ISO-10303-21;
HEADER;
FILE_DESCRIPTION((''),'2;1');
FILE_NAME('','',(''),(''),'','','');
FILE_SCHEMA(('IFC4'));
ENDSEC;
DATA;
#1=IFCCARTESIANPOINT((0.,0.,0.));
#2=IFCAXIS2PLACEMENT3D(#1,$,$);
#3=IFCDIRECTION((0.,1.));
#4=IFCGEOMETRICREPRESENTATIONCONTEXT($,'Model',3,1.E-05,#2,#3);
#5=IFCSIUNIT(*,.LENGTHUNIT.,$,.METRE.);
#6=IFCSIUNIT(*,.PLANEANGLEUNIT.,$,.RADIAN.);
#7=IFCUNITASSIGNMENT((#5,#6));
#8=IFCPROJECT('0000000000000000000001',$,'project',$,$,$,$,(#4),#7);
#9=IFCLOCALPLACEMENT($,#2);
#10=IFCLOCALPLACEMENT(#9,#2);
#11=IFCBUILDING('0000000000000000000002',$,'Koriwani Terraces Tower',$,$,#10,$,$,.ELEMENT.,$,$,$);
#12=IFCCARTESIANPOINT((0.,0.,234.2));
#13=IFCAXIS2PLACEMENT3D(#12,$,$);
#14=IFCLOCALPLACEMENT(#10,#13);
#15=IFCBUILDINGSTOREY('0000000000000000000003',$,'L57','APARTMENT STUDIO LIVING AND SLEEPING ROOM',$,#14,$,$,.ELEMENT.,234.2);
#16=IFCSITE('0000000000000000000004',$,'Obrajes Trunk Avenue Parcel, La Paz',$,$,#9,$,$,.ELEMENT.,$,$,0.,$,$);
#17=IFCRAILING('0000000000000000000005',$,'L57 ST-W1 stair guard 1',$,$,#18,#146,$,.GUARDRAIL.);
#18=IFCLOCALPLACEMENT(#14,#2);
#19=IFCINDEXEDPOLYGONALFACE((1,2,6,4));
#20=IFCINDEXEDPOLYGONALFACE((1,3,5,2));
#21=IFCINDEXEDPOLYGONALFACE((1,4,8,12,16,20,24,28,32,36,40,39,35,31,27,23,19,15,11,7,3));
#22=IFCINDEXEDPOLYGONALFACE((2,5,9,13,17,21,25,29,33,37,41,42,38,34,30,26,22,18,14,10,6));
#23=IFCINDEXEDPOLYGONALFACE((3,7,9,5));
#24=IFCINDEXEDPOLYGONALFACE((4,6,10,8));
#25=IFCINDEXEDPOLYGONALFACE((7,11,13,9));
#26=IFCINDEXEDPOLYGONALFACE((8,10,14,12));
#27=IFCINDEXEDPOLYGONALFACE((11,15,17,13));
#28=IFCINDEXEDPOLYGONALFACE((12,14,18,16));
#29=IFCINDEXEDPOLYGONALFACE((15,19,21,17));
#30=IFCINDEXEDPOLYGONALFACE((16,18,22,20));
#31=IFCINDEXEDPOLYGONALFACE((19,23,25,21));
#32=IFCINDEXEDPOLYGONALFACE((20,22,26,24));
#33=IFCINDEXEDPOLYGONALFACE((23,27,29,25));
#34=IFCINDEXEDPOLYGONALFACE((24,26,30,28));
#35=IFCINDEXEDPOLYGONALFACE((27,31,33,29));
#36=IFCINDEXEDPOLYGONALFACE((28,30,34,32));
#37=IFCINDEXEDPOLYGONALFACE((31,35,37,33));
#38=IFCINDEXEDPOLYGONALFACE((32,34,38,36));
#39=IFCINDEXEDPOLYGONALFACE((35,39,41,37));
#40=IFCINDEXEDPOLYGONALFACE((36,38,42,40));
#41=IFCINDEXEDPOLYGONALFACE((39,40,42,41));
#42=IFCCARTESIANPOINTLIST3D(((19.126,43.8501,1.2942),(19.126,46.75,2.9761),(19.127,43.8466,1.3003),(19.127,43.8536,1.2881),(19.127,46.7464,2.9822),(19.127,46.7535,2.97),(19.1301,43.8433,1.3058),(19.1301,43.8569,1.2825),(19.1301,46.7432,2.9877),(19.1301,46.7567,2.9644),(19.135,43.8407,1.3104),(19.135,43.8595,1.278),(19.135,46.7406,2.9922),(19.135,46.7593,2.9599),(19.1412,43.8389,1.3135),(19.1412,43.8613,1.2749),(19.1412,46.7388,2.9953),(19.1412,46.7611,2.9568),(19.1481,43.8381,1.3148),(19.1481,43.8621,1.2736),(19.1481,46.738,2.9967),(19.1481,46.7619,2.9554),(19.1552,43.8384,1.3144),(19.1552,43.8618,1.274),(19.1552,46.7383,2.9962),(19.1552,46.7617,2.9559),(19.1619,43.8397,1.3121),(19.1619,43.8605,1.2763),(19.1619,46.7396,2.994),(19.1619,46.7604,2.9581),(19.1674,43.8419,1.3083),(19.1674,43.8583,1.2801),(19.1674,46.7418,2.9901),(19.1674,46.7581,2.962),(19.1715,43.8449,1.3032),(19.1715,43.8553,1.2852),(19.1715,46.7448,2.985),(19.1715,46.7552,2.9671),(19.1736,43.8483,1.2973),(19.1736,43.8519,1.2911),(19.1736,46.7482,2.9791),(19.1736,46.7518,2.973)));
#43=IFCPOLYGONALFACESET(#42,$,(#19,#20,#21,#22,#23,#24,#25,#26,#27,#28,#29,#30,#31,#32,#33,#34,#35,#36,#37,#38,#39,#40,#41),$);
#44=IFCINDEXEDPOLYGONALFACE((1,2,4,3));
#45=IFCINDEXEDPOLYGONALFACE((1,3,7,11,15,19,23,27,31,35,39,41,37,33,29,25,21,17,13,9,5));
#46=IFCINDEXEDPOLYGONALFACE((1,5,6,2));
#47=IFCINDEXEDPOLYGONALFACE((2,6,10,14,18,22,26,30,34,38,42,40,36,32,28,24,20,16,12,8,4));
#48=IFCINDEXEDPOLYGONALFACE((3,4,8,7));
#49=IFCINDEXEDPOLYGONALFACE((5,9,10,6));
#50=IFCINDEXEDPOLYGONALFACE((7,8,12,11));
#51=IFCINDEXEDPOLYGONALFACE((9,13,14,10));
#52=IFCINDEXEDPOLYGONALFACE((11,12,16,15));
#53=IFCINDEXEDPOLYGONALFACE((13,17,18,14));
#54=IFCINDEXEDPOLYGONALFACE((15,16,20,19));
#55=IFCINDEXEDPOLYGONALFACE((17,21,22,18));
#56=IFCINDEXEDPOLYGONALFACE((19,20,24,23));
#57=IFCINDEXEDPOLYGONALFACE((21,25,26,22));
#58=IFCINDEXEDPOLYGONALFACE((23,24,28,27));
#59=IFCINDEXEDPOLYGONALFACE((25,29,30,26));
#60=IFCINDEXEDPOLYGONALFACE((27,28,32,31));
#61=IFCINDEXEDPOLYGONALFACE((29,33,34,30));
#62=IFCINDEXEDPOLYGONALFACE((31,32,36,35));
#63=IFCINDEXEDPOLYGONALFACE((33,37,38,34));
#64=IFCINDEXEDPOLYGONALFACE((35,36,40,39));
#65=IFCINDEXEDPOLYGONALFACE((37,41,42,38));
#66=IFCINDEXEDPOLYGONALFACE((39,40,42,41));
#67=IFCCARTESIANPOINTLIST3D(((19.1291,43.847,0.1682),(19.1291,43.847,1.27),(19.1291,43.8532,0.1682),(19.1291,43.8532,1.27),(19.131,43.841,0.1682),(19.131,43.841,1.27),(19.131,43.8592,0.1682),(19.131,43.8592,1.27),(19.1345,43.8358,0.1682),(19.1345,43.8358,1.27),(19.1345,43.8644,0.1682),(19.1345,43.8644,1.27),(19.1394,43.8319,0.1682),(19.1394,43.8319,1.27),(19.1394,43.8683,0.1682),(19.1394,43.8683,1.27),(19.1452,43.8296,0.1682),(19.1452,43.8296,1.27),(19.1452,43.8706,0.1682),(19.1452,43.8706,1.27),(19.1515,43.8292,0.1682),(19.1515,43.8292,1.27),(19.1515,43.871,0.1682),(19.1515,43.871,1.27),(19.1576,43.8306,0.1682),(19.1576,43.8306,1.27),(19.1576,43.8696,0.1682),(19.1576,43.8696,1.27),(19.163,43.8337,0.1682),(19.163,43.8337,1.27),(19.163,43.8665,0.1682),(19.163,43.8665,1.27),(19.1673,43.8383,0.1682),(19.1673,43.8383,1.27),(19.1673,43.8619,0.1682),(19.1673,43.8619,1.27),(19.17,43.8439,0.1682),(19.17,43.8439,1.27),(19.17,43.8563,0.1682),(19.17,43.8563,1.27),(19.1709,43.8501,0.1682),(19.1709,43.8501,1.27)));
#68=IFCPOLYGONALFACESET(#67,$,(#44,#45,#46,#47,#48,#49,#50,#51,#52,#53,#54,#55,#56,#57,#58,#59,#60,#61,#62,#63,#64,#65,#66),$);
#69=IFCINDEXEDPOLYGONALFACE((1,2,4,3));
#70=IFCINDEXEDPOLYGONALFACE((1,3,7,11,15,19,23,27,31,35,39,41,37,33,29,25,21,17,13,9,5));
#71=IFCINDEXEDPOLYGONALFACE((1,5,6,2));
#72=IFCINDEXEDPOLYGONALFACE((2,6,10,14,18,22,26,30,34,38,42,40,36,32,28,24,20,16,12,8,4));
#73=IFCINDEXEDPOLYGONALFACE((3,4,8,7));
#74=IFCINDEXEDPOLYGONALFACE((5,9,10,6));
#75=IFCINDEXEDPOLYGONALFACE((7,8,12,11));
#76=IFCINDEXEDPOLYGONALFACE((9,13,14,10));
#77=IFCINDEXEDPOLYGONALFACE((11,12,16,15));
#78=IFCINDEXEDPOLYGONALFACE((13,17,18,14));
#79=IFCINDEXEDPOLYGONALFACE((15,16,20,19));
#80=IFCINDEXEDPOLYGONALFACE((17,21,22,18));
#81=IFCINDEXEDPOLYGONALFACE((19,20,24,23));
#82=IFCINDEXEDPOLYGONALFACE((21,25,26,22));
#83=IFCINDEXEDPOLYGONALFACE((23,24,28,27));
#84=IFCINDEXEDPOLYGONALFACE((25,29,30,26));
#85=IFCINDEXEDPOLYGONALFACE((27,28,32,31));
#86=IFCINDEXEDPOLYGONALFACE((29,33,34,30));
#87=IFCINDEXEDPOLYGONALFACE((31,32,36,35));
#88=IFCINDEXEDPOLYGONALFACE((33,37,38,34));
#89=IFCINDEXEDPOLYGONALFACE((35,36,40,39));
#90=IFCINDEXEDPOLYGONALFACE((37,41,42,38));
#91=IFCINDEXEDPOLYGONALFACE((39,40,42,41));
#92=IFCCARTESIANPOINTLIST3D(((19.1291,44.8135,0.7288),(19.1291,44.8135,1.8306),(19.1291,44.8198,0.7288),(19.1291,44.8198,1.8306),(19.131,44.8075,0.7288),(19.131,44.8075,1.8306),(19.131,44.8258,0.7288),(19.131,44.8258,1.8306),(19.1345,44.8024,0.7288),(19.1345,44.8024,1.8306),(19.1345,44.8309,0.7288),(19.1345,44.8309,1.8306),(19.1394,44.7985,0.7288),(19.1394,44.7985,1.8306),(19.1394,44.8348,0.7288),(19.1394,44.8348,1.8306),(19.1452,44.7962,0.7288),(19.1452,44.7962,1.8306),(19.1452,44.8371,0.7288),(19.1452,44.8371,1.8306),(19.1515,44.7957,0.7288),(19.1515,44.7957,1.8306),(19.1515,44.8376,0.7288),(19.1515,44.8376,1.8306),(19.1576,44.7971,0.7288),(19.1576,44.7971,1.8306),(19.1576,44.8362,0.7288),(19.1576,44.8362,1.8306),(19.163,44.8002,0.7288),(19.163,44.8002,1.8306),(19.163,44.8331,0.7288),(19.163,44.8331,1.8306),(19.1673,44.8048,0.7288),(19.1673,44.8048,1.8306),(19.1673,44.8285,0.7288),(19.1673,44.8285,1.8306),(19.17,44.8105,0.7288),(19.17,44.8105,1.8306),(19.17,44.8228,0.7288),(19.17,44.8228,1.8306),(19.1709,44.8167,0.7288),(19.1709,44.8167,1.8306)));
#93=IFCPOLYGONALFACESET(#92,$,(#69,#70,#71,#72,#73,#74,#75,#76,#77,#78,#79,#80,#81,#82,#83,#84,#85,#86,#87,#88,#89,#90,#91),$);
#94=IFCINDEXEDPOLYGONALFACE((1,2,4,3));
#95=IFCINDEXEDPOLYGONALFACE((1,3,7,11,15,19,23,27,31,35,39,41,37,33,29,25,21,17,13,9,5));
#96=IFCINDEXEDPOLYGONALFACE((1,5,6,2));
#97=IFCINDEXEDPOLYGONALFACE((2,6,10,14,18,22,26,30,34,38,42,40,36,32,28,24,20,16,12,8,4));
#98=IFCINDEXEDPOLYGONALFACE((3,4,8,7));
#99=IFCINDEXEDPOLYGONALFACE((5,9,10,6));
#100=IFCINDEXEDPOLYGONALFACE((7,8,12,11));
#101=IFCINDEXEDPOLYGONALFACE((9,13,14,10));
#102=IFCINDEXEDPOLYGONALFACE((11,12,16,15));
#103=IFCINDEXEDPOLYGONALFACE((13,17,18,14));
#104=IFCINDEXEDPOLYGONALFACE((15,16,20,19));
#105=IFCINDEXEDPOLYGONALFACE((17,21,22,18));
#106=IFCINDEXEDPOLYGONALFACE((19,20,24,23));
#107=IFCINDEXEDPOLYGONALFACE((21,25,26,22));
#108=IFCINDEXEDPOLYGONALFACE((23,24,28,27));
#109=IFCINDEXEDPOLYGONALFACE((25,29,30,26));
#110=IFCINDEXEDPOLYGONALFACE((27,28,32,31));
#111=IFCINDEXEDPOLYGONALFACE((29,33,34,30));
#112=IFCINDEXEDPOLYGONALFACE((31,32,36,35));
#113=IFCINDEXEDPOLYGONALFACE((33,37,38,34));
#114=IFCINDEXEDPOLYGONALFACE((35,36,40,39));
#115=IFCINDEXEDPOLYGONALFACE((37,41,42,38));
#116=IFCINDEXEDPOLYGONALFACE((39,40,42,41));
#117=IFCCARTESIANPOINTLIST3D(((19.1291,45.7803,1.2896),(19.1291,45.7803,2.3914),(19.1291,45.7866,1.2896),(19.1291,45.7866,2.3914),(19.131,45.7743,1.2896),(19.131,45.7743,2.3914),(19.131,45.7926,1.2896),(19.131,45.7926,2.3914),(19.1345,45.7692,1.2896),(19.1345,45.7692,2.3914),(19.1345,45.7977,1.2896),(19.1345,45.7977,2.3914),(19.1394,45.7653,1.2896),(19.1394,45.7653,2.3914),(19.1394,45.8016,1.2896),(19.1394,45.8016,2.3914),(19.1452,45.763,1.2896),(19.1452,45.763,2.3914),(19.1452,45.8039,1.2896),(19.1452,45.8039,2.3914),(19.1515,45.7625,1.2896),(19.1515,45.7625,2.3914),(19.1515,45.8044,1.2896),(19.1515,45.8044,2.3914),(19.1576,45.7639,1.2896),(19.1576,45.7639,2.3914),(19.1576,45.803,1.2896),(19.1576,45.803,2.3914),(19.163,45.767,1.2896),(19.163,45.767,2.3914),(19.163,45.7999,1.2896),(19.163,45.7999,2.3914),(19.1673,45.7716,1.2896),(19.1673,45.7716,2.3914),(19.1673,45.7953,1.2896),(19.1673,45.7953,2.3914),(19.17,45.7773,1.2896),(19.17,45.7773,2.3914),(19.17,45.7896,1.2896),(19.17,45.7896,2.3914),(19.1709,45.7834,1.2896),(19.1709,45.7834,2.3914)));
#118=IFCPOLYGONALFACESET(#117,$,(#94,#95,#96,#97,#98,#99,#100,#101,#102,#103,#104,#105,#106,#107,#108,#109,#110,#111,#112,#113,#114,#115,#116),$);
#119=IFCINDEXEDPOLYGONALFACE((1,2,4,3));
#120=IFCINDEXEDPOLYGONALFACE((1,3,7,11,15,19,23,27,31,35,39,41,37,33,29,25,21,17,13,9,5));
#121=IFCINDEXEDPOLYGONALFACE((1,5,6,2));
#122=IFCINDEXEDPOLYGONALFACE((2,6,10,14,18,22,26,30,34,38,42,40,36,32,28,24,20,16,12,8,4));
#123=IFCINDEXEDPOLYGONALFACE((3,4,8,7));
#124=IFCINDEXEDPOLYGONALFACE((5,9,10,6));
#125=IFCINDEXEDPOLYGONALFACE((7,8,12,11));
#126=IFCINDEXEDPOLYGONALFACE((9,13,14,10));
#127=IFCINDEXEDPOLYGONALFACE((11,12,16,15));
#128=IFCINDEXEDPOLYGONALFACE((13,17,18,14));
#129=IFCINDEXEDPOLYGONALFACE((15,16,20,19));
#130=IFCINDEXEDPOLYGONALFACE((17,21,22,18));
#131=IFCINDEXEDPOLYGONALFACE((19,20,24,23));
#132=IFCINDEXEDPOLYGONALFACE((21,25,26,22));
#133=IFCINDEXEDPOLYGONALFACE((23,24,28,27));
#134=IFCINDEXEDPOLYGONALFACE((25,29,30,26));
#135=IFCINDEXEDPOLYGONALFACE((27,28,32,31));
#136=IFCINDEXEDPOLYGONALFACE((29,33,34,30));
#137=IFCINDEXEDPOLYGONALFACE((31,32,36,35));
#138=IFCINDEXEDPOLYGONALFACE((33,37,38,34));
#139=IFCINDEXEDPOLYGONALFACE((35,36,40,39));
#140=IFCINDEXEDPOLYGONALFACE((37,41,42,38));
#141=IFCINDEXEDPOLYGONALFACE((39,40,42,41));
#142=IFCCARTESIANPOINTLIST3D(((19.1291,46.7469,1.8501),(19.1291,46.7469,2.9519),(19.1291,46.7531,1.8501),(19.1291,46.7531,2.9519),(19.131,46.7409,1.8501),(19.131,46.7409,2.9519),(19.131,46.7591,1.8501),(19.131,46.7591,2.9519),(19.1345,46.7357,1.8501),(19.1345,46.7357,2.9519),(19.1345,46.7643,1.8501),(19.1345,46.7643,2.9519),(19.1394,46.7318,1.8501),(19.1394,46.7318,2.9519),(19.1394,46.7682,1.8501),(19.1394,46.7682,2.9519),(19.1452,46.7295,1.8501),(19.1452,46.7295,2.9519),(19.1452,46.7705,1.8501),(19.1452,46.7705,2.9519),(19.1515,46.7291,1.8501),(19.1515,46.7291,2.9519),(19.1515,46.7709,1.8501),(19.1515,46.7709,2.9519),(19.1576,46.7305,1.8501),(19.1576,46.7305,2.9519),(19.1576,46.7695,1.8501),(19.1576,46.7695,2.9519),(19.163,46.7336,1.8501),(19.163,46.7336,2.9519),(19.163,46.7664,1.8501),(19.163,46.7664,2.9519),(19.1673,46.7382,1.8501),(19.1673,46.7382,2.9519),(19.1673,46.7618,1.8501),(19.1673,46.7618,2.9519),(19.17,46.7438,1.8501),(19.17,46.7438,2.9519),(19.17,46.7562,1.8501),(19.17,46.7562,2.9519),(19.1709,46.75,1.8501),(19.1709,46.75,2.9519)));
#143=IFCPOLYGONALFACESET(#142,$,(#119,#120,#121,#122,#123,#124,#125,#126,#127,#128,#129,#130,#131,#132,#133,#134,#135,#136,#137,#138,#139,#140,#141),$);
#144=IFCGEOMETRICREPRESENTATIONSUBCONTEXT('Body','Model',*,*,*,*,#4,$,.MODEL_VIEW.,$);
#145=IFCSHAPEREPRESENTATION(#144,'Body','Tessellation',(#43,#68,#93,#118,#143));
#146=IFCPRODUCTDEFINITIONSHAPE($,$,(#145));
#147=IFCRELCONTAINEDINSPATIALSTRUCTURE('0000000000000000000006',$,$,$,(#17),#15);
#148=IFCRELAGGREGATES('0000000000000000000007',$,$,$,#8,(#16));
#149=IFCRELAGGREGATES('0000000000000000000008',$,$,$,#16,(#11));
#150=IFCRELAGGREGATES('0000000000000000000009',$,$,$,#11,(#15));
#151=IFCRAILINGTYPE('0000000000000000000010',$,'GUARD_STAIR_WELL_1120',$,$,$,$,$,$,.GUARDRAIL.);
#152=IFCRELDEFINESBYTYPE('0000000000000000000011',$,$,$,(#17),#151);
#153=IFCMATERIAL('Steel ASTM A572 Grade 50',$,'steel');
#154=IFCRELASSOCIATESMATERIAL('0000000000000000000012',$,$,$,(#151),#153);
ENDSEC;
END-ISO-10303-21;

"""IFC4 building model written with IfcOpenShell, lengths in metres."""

from ifc_helpers import new_model, si_unit, direction, frame, origin, origin_2d, place, context, subcontext, project, spatial, circle, extrude, material, type_object, element, save


model = new_model("IFC4")

# Units and contexts
model_context = context("Model", 3, precision=1e-05, world=origin(), true_north=direction((0.0, 1.0)))
body_context = subcontext(model_context, "Body", "Model", "MODEL_VIEW")
ifc_project = project(units=[si_unit("LENGTHUNIT", "METRE"), si_unit("PLANEANGLEUNIT", "RADIAN")], contexts=[model_context])

# Site, building, storey
site_placement = place(None, origin())
site = spatial("IfcSite", under=ifc_project, at=site_placement, Name="Obrajes Trunk Avenue Parcel, La Paz", CompositionType="ELEMENT", RefElevation=0.0)
building_placement = place(site_placement, origin())
building = spatial("IfcBuilding", under=site, at=building_placement, Name="Koriwani Terraces Tower", CompositionType="ELEMENT")
storey_placement = place(building_placement, frame((0.0, 0.0, 234.2)))
storey = spatial("IfcBuildingStorey", under=building, at=storey_placement, Name="L57", Description="APARTMENT STUDIO LIVING AND SLEEPING ROOM", CompositionType="ELEMENT", Elevation=234.2)

# Shared definitions
ifc_material_1 = material(Name="Steel ASTM A572 Grade 50", Category="steel")

# Railing
railing_type = type_object("IfcRailingType", Name="GUARD_STAIR_WELL_1120", PredefinedType="GUARDRAIL", material=ifc_material_1)
railing_1_placement = place(storey_placement, frame((19.1499, 43.8501, 0.1682)))
element("IfcRailing", 1, at=railing_1_placement, inside=storey, type_object=railing_type, Name="L57 ST-W1 stair guard 1", PredefinedType="GUARDRAIL", context=body_context, shape_type="SweptSolid", body=[
    extrude(circle(Radius=0.0239, at=origin_2d()), frame((0.0, 0.0, 1.126), z_axis=(0.0, 0.865039, 0.501705), x_axis=(-1.0, 0.0, 0.0)), (0.0, 0.0, 1.0), 3.3523),
    extrude(circle(Radius=0.021, at=origin_2d()), origin(), (0.0, 0.0, 1.0), 1.1018),
    extrude(circle(Radius=0.021, at=origin_2d()), frame((0.0, 0.9666, 0.5605)), (0.0, 0.0, 1.0), 1.1018),
    extrude(circle(Radius=0.021, at=origin_2d()), frame((0.0, 1.9333, 1.1213)), (0.0, 0.0, 1.0), 1.1018),
    extrude(circle(Radius=0.021, at=origin_2d()), frame((0.0, 2.8999, 1.6819)), (0.0, 0.0, 1.0), 1.1018),
])

save(model, "model.ifc")
